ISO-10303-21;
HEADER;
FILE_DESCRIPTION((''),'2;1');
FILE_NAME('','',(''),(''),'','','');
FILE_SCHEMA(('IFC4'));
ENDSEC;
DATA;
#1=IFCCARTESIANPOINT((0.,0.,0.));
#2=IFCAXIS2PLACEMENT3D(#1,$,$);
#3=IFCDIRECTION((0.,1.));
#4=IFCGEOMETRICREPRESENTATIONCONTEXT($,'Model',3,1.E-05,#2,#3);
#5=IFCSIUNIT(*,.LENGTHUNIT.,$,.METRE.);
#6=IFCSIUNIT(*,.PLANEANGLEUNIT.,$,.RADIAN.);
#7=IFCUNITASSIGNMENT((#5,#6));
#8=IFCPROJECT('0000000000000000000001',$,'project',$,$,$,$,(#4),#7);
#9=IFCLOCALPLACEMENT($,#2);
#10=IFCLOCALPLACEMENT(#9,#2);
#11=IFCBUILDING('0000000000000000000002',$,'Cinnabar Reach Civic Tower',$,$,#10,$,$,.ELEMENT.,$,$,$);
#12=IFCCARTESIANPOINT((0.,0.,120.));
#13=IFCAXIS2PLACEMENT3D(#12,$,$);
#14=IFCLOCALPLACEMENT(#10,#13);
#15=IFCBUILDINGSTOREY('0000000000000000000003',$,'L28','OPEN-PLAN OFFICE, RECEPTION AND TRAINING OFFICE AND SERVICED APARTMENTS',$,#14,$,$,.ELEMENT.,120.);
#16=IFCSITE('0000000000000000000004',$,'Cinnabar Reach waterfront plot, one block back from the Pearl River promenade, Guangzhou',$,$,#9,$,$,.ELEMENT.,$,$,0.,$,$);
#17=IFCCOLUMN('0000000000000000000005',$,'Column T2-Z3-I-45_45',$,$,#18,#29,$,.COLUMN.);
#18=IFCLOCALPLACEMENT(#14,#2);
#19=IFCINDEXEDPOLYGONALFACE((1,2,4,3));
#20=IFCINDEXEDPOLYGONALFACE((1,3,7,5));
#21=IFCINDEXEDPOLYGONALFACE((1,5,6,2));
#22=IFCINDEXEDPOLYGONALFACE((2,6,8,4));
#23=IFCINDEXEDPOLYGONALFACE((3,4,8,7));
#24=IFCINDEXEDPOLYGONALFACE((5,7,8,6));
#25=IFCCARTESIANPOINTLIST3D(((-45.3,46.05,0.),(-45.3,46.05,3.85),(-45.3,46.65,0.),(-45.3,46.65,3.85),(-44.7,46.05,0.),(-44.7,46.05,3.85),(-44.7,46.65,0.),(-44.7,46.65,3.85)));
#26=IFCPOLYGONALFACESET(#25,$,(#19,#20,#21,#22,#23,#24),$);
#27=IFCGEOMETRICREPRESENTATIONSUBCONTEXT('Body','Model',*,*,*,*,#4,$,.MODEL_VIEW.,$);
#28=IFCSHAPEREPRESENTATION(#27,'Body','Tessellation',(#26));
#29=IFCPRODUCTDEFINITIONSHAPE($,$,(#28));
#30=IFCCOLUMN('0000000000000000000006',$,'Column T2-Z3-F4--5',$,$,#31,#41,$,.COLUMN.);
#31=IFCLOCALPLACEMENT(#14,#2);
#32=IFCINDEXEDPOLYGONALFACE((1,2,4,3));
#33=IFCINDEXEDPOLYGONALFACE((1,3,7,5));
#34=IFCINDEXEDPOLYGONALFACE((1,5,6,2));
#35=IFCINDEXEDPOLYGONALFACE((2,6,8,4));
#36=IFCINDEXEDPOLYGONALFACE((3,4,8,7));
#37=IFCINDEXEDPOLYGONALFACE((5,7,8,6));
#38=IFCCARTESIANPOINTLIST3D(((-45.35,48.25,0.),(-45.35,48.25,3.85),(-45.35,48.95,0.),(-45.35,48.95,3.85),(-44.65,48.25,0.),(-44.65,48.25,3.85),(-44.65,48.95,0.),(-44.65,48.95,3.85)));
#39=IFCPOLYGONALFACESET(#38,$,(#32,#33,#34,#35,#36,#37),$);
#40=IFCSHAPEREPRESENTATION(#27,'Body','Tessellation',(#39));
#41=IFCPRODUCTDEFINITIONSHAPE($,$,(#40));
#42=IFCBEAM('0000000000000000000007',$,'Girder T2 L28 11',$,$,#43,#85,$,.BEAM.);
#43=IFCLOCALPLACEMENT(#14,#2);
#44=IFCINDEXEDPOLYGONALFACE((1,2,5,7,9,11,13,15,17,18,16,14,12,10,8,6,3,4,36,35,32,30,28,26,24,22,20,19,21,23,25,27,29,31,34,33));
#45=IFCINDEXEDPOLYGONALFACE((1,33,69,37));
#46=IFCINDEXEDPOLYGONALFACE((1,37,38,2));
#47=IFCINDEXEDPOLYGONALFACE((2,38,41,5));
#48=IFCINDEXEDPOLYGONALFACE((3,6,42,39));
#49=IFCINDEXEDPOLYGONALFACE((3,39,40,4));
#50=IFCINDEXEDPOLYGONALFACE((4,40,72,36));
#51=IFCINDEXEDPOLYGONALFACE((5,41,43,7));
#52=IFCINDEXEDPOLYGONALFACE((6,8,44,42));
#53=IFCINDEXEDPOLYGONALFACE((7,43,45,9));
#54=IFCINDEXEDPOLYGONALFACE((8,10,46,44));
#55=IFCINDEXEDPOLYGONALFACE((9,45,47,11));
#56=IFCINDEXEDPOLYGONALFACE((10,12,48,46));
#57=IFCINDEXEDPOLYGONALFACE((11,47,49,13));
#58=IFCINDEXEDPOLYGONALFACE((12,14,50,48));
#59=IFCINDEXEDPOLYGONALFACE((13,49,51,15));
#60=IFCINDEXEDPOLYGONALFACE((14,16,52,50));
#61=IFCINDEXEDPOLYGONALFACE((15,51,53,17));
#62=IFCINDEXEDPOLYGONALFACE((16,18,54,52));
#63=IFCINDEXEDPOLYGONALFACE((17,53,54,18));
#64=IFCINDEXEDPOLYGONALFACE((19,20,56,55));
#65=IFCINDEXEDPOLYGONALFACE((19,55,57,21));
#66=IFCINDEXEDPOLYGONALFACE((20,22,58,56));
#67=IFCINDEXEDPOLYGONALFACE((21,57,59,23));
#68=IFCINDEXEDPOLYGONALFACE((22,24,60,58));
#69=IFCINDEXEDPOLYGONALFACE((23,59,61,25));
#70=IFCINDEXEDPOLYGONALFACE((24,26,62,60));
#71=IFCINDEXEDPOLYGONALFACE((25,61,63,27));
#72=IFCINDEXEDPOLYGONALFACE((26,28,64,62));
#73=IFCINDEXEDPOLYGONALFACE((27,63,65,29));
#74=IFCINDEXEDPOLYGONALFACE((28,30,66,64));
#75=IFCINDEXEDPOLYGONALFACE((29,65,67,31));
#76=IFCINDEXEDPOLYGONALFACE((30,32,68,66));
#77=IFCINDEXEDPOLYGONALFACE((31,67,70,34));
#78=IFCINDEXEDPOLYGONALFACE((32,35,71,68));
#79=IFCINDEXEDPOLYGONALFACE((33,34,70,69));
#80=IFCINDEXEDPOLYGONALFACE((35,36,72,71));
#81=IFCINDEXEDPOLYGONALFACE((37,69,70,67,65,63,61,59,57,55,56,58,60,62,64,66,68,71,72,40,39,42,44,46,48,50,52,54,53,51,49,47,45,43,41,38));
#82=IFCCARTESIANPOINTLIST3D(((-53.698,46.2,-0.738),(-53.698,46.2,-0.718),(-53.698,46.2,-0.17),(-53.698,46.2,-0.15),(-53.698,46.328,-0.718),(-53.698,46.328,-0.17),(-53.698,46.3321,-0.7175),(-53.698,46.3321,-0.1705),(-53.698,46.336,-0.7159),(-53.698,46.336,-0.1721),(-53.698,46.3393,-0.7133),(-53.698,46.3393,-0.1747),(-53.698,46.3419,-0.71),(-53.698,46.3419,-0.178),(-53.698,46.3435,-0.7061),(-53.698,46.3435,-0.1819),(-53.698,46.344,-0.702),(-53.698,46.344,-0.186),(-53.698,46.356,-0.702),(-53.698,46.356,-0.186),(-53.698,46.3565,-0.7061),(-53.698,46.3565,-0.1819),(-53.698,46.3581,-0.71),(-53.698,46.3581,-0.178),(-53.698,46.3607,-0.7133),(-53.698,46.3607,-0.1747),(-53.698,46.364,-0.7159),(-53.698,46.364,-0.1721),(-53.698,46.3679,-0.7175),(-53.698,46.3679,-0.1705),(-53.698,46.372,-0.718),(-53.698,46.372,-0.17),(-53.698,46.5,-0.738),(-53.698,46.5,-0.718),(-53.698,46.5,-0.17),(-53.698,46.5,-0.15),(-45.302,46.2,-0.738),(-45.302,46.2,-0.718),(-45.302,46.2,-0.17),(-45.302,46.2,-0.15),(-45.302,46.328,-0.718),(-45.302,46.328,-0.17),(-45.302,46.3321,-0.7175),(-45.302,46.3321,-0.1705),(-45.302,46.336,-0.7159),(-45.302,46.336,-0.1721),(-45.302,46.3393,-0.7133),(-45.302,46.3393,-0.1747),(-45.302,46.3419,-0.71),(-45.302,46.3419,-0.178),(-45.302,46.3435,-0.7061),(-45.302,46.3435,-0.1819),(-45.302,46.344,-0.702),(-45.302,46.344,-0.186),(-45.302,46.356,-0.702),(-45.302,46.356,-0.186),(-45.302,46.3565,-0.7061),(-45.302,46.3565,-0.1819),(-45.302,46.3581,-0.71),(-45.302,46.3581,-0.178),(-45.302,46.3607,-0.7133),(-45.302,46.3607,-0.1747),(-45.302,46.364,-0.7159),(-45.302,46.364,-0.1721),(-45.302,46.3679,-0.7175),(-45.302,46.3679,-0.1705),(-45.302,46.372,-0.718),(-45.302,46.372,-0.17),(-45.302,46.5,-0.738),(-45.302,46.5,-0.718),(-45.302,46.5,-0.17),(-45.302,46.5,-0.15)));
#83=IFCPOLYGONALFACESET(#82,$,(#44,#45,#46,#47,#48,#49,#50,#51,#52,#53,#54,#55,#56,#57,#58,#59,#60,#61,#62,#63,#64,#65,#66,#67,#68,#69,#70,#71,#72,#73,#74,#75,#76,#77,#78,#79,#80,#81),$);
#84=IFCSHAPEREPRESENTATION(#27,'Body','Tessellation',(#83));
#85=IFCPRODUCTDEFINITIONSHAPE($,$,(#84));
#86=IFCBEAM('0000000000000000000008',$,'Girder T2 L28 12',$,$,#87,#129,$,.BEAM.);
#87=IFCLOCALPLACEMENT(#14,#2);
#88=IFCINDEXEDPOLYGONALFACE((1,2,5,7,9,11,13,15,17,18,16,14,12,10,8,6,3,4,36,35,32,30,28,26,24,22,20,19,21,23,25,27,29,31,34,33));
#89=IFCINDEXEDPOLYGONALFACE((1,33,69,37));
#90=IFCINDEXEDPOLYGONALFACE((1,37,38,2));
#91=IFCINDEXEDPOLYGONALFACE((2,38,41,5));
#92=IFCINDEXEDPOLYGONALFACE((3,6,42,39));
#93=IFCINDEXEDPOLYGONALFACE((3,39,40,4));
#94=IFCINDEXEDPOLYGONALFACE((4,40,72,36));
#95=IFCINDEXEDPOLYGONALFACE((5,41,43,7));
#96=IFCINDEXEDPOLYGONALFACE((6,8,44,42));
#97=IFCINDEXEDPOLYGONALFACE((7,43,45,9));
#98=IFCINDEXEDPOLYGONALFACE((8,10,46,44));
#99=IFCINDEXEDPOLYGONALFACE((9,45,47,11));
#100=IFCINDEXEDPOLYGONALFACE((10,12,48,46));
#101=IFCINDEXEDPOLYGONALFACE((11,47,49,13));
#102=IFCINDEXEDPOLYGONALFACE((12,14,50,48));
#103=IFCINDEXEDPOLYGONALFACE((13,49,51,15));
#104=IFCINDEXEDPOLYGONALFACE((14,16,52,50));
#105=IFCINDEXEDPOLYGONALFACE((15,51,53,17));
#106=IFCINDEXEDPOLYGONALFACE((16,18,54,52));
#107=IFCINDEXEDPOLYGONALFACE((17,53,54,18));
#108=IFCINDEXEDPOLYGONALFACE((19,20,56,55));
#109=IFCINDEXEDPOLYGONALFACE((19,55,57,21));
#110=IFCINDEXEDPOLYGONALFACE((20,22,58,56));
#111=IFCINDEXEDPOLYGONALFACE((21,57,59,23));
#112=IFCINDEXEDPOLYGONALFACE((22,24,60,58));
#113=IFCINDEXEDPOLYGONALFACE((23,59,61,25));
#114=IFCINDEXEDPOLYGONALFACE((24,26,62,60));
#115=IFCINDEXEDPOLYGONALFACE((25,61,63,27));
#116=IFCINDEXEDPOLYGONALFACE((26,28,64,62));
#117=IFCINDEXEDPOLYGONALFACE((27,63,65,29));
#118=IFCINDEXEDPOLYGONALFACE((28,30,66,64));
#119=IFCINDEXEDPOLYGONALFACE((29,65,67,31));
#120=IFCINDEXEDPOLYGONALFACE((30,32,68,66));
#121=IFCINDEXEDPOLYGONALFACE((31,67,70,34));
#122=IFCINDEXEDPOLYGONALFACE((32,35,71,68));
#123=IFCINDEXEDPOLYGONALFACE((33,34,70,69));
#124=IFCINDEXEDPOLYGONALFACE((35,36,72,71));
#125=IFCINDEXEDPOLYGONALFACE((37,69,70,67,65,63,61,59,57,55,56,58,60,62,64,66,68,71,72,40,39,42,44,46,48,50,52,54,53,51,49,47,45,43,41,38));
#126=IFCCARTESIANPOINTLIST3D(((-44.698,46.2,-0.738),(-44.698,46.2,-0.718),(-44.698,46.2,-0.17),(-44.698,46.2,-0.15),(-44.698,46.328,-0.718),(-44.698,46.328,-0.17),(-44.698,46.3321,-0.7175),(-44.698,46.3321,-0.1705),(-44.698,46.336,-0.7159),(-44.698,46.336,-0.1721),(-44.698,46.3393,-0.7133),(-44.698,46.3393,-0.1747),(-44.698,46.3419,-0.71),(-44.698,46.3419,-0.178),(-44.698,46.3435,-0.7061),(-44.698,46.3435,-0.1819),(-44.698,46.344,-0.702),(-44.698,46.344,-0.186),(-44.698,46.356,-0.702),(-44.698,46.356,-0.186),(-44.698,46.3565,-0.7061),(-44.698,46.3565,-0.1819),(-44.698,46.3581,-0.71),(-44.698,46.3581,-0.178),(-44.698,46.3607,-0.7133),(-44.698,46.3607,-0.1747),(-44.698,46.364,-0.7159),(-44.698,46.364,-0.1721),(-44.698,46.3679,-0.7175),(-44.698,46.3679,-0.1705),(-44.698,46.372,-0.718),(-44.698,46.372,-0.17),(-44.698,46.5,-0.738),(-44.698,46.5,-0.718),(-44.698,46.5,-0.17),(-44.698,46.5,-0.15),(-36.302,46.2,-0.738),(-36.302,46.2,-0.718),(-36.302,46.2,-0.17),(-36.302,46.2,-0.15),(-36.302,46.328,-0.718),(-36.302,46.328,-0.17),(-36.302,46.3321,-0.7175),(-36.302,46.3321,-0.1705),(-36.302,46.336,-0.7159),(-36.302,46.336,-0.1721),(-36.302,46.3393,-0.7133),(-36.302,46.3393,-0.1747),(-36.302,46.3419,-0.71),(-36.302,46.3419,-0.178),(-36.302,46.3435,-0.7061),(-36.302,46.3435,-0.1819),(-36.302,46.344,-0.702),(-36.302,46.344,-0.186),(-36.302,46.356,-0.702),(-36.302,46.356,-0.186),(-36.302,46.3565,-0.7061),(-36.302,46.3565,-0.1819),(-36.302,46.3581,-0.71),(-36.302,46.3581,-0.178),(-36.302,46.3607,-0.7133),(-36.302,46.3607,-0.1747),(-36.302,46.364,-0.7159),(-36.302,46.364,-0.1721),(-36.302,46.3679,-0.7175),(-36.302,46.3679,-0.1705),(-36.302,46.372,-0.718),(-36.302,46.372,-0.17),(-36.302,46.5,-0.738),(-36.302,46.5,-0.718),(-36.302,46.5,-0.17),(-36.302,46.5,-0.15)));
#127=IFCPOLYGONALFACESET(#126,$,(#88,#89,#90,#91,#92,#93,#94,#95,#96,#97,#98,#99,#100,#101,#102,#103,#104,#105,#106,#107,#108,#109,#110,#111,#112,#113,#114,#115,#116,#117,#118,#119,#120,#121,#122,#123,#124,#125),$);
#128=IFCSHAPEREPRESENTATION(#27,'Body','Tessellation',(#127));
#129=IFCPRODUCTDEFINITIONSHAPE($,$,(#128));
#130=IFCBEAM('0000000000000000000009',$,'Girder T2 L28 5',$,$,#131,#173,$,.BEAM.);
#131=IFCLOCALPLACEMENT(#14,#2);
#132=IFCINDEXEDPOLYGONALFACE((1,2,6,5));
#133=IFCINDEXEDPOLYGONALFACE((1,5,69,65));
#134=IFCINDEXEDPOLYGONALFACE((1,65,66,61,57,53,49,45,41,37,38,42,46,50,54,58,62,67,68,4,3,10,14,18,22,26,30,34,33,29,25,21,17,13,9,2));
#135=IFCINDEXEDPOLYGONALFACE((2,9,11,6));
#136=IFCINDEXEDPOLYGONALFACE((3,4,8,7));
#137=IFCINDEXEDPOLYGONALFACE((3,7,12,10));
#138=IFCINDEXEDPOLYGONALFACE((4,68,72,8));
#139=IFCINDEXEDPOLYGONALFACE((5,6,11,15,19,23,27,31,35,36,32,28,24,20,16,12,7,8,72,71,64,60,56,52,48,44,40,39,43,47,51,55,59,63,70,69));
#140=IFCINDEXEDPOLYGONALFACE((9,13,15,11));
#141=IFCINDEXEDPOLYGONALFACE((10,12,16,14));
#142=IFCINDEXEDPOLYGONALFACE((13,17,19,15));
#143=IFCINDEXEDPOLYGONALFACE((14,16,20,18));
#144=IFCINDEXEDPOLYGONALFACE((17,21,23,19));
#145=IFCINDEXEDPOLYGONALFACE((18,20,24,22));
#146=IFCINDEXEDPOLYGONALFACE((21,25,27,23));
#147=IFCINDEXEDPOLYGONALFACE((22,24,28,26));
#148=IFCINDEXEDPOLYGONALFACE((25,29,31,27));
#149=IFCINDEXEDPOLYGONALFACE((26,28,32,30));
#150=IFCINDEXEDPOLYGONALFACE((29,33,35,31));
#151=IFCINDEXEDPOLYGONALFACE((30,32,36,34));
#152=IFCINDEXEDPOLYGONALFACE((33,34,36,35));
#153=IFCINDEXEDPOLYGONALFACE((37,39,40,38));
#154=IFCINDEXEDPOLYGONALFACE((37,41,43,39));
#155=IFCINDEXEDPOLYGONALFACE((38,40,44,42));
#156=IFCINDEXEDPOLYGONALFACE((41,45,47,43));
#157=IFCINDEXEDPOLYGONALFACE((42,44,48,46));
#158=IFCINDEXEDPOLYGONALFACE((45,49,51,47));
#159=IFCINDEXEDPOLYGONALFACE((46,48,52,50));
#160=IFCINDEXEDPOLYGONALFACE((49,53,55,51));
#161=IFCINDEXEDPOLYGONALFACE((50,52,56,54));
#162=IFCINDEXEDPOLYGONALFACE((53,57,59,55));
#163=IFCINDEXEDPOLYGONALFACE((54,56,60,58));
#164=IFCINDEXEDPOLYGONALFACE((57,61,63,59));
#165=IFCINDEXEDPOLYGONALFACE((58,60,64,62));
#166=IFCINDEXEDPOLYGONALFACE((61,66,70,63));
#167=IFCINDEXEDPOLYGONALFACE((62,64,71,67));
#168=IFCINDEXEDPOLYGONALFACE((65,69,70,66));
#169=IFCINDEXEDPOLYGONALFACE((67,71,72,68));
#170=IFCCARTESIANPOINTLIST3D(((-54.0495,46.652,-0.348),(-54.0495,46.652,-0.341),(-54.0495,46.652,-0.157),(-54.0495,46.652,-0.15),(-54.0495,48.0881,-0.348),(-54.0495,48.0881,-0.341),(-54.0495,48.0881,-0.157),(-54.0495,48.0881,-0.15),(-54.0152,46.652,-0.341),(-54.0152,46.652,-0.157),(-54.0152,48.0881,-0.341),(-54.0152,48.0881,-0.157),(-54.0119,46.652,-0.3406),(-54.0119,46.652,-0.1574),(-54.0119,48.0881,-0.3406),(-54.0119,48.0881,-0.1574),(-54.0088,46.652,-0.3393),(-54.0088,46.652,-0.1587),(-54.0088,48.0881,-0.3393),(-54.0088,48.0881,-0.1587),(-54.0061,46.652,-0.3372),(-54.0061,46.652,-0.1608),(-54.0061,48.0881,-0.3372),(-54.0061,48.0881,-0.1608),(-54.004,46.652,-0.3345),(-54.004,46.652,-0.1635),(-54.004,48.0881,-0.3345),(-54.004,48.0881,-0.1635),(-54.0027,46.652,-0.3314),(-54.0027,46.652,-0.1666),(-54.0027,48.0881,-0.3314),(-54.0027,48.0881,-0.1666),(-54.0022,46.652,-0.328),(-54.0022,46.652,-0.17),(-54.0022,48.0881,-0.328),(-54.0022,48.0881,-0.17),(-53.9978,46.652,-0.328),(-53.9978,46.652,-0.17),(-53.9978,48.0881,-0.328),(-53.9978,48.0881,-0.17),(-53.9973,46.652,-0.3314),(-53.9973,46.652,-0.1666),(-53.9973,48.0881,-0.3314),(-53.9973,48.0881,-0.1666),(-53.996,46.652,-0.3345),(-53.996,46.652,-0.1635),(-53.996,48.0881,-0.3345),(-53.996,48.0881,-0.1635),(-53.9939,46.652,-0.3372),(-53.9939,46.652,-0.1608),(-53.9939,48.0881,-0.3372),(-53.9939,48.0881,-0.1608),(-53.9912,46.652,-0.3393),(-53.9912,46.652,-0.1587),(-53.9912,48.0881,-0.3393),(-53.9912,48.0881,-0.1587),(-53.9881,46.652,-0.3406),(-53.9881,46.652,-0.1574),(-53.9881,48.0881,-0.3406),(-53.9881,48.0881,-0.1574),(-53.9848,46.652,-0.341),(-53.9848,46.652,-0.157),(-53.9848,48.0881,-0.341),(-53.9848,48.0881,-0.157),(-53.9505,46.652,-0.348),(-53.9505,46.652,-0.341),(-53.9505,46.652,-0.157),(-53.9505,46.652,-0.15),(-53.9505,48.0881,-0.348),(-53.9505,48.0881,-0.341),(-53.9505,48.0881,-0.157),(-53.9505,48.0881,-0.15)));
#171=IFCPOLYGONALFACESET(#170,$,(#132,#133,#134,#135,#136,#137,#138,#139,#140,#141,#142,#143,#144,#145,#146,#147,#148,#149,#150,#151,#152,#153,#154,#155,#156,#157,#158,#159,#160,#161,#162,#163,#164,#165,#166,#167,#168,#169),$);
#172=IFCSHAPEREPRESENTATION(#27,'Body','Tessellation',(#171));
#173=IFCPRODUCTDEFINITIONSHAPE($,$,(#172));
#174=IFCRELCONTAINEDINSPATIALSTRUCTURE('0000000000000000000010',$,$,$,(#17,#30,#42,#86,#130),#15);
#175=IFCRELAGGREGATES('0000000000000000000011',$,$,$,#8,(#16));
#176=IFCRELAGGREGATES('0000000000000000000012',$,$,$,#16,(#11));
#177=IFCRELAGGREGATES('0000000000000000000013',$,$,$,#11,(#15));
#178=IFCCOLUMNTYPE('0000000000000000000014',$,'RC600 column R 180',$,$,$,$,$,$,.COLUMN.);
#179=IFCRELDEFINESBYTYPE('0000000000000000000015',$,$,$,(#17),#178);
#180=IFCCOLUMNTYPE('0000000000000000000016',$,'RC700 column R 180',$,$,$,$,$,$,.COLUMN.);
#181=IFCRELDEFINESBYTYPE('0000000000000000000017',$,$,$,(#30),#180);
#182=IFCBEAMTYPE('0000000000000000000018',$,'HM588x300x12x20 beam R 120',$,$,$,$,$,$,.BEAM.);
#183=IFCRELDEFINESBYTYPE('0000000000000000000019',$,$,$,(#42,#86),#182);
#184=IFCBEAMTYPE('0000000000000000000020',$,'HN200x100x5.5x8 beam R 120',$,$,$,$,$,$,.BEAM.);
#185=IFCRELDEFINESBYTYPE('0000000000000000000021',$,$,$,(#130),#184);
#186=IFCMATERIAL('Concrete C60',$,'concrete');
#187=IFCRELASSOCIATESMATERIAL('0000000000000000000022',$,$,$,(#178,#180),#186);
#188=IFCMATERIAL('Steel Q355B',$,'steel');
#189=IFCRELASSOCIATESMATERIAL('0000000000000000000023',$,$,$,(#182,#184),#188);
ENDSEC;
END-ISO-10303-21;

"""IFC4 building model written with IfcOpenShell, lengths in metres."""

from ifc_helpers import new_model, si_unit, direction, frame, origin, origin_2d, place, context, subcontext, project, spatial, rectangle, i_section, extrude, material, material_profile, profile_set, type_object, element, save


model = new_model("IFC4")

# Units and contexts
model_context = context("Model", 3, precision=1e-05, world=origin(), true_north=direction((0.0, 1.0)))
body_context = subcontext(model_context, "Body", "Model", "MODEL_VIEW")
ifc_project = project(units=[si_unit("LENGTHUNIT", "METRE"), si_unit("PLANEANGLEUNIT", "RADIAN")], contexts=[model_context])

# Site, building, storey
site_placement = place(None, origin())
site = spatial("IfcSite", under=ifc_project, at=site_placement, Name="Cinnabar Reach waterfront plot, one block back from the Pearl River promenade, Guangzhou", CompositionType="ELEMENT", RefElevation=0.0)
building_placement = place(site_placement, origin())
building = spatial("IfcBuilding", under=site, at=building_placement, Name="Cinnabar Reach Civic Tower", CompositionType="ELEMENT")
storey_placement = place(building_placement, frame((0.0, 0.0, 120.0)))
storey = spatial("IfcBuildingStorey", under=building, at=storey_placement, Name="L28", Description="OPEN-PLAN OFFICE, RECEPTION AND TRAINING OFFICE AND SERVICED APARTMENTS", CompositionType="ELEMENT", Elevation=120.0)

# Columns
ifc_material_1 = material(Name="Concrete C60", Category="concrete")
ifc_material_profile_1 = material_profile(ifc_material_1, rectangle(XDim=0.6, YDim=0.6, at=origin_2d()), Name="RC600")
ifc_profile_set_1 = profile_set([ifc_material_profile_1], Name="Concrete C60")
column_type_1 = type_object("IfcColumnType", Name="RC600 column R 180", PredefinedType="COLUMN", material=ifc_profile_set_1)
column_1_placement = place(storey_placement, frame((-45.0, 46.35, 0.0), z_axis=(0.0, 0.0, 1.0), x_axis=(1.0, 0.0, 0.0)))
element("IfcColumn", 1, at=column_1_placement, inside=storey, type_object=column_type_1, Name="Column T2-Z3-I-45_45", PredefinedType="COLUMN", context=body_context, shape_type="SweptSolid", body=[
    extrude(rectangle(XDim=0.6, YDim=0.6, at=origin_2d()), origin(), (0.0, 0.0, 1.0), 3.85),
])
ifc_material_profile_2 = material_profile(ifc_material_1, rectangle(XDim=0.7, YDim=0.7, at=origin_2d()), Name="RC700")
ifc_profile_set_2 = profile_set([ifc_material_profile_2], Name="Concrete C60")
column_type_2 = type_object("IfcColumnType", Name="RC700 column R 180", PredefinedType="COLUMN", material=ifc_profile_set_2)
column_2_placement = place(storey_placement, frame((-45.0, 48.6, 0.0), z_axis=(0.0, 0.0, 1.0), x_axis=(1.0, 0.0, 0.0)))
element("IfcColumn", 2, at=column_2_placement, inside=storey, type_object=column_type_2, Name="Column T2-Z3-F4--5", PredefinedType="COLUMN", context=body_context, shape_type="SweptSolid", body=[
    extrude(rectangle(XDim=0.7, YDim=0.7, at=origin_2d()), origin(), (0.0, 0.0, 1.0), 3.85),
])

# Beams
ifc_material_2 = material(Name="Steel Q355B", Category="steel")
ifc_material_profile_3 = material_profile(ifc_material_2, i_section(OverallWidth=0.3, OverallDepth=0.588, WebThickness=0.012, FlangeThickness=0.02, FilletRadius=0.016, at=origin_2d()), Name="HM588x300x12x20")
ifc_profile_set_3 = profile_set([ifc_material_profile_3], Name="Steel Q355B")
beam_type_1 = type_object("IfcBeamType", Name="HM588x300x12x20 beam R 120", PredefinedType="BEAM", material=ifc_profile_set_3)
for number, where, z_axis, x_axis, name in (
    (3, (-53.698, 46.35, -0.444), (1.0, 0.0, 0.0), (0.0, 1.0, 0.0), "Girder T2 L28 11"),
    (4, (-44.698, 46.35, -0.444), (1.0, 0.0, 0.0), (0.0, 1.0, 0.0), "Girder T2 L28 12"),
):
    element("IfcBeam", number, at=place(storey_placement, frame(where, z_axis=z_axis, x_axis=x_axis)), inside=storey, type_object=beam_type_1, Name=name, PredefinedType="BEAM", context=body_context, shape_type="SweptSolid", body=[
        extrude(i_section(OverallWidth=0.3, OverallDepth=0.588, WebThickness=0.012, FlangeThickness=0.02, FilletRadius=0.016, at=origin_2d()), origin(), (0.0, 0.0, 1.0), 8.396),
    ])
ifc_material_profile_4 = material_profile(ifc_material_2, i_section(OverallWidth=0.099, OverallDepth=0.198, WebThickness=0.0045, FlangeThickness=0.007, FilletRadius=0.013, at=origin_2d()), Name="HN200x100x5.5x8")
ifc_profile_set_4 = profile_set([ifc_material_profile_4], Name="Steel Q355B")
beam_type_2 = type_object("IfcBeamType", Name="HN200x100x5.5x8 beam R 120", PredefinedType="BEAM", material=ifc_profile_set_4)
beam_1_placement = place(storey_placement, frame((-54.0, 46.652, -0.249), z_axis=(0.0, 1.0, 0.0), x_axis=(-1.0, 0.0, 0.0)))
element("IfcBeam", 5, at=beam_1_placement, inside=storey, type_object=beam_type_2, Name="Girder T2 L28 5", PredefinedType="BEAM", context=body_context, shape_type="SweptSolid", body=[
    extrude(i_section(OverallWidth=0.099, OverallDepth=0.198, WebThickness=0.0045, FlangeThickness=0.007, FilletRadius=0.013, at=origin_2d()), origin(), (0.0, 0.0, 1.0), 1.4361),
])

save(model, "model.ifc")
